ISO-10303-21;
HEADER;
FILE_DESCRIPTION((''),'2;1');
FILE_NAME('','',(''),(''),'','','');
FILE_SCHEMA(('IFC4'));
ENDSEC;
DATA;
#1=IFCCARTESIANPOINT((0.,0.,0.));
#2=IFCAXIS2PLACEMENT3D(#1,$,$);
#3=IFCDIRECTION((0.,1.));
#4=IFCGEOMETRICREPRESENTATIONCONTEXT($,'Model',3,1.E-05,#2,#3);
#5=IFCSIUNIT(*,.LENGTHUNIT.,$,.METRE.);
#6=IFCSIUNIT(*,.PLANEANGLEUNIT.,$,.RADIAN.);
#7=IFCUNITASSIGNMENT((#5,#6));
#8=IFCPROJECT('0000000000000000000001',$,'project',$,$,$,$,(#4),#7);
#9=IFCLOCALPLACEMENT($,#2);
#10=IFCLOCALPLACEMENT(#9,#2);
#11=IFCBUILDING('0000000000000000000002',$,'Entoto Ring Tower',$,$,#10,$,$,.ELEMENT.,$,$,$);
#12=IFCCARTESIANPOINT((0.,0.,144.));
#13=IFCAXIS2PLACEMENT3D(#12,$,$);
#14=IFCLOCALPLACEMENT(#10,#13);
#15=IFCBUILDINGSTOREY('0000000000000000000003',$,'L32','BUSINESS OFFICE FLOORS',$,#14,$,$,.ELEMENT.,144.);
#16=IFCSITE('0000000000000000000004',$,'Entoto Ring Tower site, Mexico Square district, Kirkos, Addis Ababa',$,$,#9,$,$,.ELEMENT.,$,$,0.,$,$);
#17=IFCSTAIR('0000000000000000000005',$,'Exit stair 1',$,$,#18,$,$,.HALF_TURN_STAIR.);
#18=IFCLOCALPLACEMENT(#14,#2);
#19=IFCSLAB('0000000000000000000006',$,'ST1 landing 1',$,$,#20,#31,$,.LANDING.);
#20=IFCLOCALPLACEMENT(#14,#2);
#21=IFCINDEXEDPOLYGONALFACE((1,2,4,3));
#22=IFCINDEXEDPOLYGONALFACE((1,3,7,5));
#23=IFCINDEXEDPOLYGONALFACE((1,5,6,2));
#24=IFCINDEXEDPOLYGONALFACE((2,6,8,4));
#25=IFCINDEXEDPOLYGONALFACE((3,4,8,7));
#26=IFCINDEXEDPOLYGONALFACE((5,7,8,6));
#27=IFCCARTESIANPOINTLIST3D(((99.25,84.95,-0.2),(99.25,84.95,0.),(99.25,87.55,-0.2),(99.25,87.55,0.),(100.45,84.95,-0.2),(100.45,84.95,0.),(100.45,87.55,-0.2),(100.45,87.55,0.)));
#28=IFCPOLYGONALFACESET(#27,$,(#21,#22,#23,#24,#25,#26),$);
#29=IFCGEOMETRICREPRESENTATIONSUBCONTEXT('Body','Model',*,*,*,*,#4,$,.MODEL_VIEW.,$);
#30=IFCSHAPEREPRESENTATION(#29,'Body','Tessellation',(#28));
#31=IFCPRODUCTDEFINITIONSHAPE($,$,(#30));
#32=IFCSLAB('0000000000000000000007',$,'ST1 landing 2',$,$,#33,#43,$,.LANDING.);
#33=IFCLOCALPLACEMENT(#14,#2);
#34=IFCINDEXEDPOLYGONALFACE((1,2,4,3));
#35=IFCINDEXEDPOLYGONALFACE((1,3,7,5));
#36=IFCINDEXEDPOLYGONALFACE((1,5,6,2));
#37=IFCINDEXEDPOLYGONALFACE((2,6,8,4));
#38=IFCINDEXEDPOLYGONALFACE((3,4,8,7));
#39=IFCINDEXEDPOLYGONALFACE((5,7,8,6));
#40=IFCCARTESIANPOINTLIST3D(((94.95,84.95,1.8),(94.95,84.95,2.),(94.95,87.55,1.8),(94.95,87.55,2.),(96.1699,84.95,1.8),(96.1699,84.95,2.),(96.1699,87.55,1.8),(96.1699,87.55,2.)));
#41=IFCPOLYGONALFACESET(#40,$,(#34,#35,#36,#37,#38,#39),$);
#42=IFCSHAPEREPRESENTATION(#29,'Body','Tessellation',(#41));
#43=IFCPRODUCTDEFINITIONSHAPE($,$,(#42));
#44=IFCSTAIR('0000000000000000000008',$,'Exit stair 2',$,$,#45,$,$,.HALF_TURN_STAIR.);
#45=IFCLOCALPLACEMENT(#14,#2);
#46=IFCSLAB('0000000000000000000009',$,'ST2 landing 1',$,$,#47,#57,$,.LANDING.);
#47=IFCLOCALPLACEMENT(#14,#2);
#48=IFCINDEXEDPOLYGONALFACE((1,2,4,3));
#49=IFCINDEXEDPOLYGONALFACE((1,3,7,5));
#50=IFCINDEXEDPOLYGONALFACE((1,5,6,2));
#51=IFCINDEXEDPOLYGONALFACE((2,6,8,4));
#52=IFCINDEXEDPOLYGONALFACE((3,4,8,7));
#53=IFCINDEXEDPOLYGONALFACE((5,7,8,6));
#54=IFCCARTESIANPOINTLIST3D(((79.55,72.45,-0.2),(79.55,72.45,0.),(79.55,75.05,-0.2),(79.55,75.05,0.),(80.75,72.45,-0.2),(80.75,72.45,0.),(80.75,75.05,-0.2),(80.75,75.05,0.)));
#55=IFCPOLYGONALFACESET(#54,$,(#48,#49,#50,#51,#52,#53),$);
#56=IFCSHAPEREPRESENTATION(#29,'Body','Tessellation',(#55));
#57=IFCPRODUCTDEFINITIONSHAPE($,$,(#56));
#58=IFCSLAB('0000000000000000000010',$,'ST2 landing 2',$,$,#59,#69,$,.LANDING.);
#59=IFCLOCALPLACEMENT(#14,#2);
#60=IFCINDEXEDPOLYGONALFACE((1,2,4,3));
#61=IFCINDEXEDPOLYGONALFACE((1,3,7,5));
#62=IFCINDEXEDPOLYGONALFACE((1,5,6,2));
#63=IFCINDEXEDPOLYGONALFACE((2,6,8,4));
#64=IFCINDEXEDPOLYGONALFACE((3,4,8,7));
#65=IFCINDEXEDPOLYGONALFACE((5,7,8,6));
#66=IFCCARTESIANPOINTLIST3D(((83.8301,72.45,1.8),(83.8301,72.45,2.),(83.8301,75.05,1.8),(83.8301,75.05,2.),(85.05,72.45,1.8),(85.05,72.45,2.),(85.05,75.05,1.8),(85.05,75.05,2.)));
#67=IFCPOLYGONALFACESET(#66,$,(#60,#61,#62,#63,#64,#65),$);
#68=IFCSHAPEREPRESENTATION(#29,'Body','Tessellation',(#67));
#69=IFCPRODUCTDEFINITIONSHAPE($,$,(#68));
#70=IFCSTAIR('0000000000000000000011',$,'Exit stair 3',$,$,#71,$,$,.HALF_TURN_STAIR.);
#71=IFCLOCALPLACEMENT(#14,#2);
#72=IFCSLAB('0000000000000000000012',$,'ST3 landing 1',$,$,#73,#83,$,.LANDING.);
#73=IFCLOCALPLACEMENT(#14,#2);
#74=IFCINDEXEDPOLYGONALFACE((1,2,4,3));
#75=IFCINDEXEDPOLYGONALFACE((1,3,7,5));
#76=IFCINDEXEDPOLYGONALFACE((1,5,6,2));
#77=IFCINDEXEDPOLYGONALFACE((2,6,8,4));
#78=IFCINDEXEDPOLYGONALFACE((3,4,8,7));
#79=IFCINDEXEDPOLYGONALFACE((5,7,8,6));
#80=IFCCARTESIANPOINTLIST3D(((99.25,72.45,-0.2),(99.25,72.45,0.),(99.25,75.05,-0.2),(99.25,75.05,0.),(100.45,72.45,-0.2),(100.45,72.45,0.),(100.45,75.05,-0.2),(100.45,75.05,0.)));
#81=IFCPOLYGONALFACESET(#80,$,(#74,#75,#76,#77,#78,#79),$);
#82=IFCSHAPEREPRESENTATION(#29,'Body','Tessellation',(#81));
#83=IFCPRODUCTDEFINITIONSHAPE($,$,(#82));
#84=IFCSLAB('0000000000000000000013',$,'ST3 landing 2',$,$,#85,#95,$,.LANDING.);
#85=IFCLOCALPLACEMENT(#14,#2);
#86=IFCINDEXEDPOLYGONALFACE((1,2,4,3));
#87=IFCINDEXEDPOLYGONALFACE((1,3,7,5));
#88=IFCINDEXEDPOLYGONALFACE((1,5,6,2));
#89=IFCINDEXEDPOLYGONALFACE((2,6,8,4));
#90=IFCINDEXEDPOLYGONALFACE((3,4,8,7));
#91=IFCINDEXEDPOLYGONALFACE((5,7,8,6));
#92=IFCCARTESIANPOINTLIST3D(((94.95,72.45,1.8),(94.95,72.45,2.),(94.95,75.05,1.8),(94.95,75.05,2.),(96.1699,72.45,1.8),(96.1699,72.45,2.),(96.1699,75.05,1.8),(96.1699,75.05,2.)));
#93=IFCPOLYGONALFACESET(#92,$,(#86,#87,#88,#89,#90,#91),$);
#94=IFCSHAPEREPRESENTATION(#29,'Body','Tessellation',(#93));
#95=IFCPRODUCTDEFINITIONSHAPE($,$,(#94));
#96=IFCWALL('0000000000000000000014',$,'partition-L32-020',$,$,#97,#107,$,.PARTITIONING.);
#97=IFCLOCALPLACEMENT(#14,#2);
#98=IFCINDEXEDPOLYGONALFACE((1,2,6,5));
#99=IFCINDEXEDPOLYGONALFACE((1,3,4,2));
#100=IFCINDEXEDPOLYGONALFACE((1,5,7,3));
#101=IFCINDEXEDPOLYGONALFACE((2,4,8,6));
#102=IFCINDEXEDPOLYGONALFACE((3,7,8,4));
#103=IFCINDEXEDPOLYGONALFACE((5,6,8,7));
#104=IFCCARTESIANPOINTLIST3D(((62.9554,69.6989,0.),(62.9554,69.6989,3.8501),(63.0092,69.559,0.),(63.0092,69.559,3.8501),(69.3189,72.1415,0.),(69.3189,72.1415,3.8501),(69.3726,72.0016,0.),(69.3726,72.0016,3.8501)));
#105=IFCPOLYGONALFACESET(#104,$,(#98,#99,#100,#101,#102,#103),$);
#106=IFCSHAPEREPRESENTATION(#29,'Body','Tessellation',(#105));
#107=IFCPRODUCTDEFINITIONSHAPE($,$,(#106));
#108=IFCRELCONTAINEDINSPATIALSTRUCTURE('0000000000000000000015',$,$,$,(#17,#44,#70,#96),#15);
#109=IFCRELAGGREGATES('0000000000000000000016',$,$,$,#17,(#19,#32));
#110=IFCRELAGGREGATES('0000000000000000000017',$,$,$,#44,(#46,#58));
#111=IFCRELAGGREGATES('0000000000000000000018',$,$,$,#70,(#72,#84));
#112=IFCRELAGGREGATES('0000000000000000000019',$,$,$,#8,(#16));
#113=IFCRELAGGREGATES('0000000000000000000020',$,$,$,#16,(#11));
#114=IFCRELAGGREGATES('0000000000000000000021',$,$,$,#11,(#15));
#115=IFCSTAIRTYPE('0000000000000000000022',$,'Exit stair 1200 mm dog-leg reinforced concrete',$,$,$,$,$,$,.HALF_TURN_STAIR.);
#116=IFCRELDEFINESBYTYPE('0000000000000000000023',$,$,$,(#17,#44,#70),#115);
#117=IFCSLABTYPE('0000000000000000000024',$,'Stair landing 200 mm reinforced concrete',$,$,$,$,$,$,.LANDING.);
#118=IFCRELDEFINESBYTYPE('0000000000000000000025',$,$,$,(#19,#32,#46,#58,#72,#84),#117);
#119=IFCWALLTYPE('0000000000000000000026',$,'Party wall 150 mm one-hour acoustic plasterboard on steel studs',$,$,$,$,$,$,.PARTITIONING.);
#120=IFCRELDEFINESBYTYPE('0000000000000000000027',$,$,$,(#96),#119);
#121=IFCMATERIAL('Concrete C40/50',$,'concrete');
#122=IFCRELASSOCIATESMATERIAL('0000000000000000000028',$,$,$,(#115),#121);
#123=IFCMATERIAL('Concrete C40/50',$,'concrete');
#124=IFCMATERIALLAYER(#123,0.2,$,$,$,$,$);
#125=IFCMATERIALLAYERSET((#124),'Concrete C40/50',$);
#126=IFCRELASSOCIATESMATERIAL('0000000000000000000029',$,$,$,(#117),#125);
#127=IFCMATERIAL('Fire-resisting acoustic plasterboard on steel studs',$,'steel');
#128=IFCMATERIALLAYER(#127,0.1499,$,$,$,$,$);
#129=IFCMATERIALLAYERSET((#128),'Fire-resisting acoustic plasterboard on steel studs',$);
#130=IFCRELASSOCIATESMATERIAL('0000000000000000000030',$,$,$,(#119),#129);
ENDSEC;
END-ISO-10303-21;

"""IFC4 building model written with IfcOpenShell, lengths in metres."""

from ifc_helpers import new_model, si_unit, direction, frame, frame_2d, origin, place, context, subcontext, project, spatial, polyline, rectangle, outline, extrude, material, layer, layer_set, type_object, element, aggregate, save


model = new_model("IFC4")

# Units and contexts
model_context = context("Model", 3, precision=1e-05, world=origin(), true_north=direction((0.0, 1.0)))
body_context = subcontext(model_context, "Body", "Model", "MODEL_VIEW")
ifc_project = project(units=[si_unit("LENGTHUNIT", "METRE"), si_unit("PLANEANGLEUNIT", "RADIAN")], contexts=[model_context])

# Site, building, storey
site_placement = place(None, origin())
site = spatial("IfcSite", under=ifc_project, at=site_placement, Name="Entoto Ring Tower site, Mexico Square district, Kirkos, Addis Ababa", CompositionType="ELEMENT", RefElevation=0.0)
building_placement = place(site_placement, origin())
building = spatial("IfcBuilding", under=site, at=building_placement, Name="Entoto Ring Tower", CompositionType="ELEMENT")
storey_placement = place(building_placement, frame((0.0, 0.0, 144.0)))
storey = spatial("IfcBuildingStorey", under=building, at=storey_placement, Name="L32", Description="BUSINESS OFFICE FLOORS", CompositionType="ELEMENT", Elevation=144.0)

# Stairs, slabs
ifc_material_1 = material(Name="Concrete C40/50", Category="concrete")
stair_type = type_object("IfcStairType", Name="Exit stair 1200 mm dog-leg reinforced concrete", PredefinedType="HALF_TURN_STAIR", material=ifc_material_1)
stair_1_placement = place(storey_placement, origin())
stair_1 = element("IfcStair", 1, at=stair_1_placement, inside=storey, type_object=stair_type, Name="Exit stair 1", PredefinedType="HALF_TURN_STAIR")
ifc_material_2 = material(Name="Concrete C40/50", Category="concrete")
ifc_layer_1 = layer(ifc_material_2, 0.2)
ifc_layer_set_1 = layer_set([ifc_layer_1], Name="Concrete C40/50")
slab_type_1 = type_object("IfcSlabType", Name="Stair landing 200 mm reinforced concrete", PredefinedType="LANDING", material=ifc_layer_set_1)
slab_1_placement = place(storey_placement, frame((0.0, 0.0, -0.2)))
slab_1 = element("IfcSlab", 2, at=slab_1_placement, type_object=slab_type_1, Name="ST1 landing 1", PredefinedType="LANDING", context=body_context, shape_type="SweptSolid", body=[
    extrude(outline(polyline([(100.45, 84.95), (100.45, 87.55), (99.25, 87.55), (99.25, 84.95), (100.45, 84.95)])), origin(), (0.0, 0.0, 1.0), 0.2),
])
slab_2_placement = place(storey_placement, frame((0.0, 0.0, 1.8)))
slab_2 = element("IfcSlab", 3, at=slab_2_placement, type_object=slab_type_1, Name="ST1 landing 2", PredefinedType="LANDING", context=body_context, shape_type="SweptSolid", body=[
    extrude(outline(polyline([(94.95, 84.95), (96.1699, 84.95), (96.1699, 87.55), (94.95, 87.55), (94.95, 84.95)])), origin(), (0.0, 0.0, 1.0), 0.2),
])
aggregate(stair_1, [slab_1, slab_2])
stair_2_placement = place(storey_placement, origin())
stair_2 = element("IfcStair", 4, at=stair_2_placement, inside=storey, type_object=stair_type, Name="Exit stair 2", PredefinedType="HALF_TURN_STAIR")
slab_3_placement = place(storey_placement, frame((0.0, 0.0, -0.2)))
slab_3 = element("IfcSlab", 5, at=slab_3_placement, type_object=slab_type_1, Name="ST2 landing 1", PredefinedType="LANDING", context=body_context, shape_type="SweptSolid", body=[
    extrude(outline(polyline([(80.75, 72.45), (80.75, 75.05), (79.55, 75.05), (79.55, 72.45), (80.75, 72.45)])), origin(), (0.0, 0.0, 1.0), 0.2),
])
slab_4_placement = place(storey_placement, frame((0.0, 0.0, 1.8)))
slab_4 = element("IfcSlab", 6, at=slab_4_placement, type_object=slab_type_1, Name="ST2 landing 2", PredefinedType="LANDING", context=body_context, shape_type="SweptSolid", body=[
    extrude(outline(polyline([(83.8301, 72.45), (85.05, 72.45), (85.05, 75.05), (83.8301, 75.05), (83.8301, 72.45)])), origin(), (0.0, 0.0, 1.0), 0.2),
])
aggregate(stair_2, [slab_3, slab_4])
stair_3_placement = place(storey_placement, origin())
stair_3 = element("IfcStair", 7, at=stair_3_placement, inside=storey, type_object=stair_type, Name="Exit stair 3", PredefinedType="HALF_TURN_STAIR")
slab_5_placement = place(storey_placement, frame((0.0, 0.0, -0.2)))
slab_5 = element("IfcSlab", 8, at=slab_5_placement, type_object=slab_type_1, Name="ST3 landing 1", PredefinedType="LANDING", context=body_context, shape_type="SweptSolid", body=[
    extrude(outline(polyline([(100.45, 72.45), (100.45, 75.05), (99.25, 75.05), (99.25, 72.45), (100.45, 72.45)])), origin(), (0.0, 0.0, 1.0), 0.2),
])
slab_6_placement = place(storey_placement, frame((0.0, 0.0, 1.8)))
slab_6 = element("IfcSlab", 9, at=slab_6_placement, type_object=slab_type_1, Name="ST3 landing 2", PredefinedType="LANDING", context=body_context, shape_type="SweptSolid", body=[
    extrude(outline(polyline([(94.95, 72.45), (96.1699, 72.45), (96.1699, 75.05), (94.95, 75.05), (94.95, 72.45)])), origin(), (0.0, 0.0, 1.0), 0.2),
])
aggregate(stair_3, [slab_5, slab_6])

# Wall
ifc_material_3 = material(Name="Fire-resisting acoustic plasterboard on steel studs", Category="steel")
ifc_layer_2 = layer(ifc_material_3, 0.1499)
ifc_layer_set_2 = layer_set([ifc_layer_2], Name="Fire-resisting acoustic plasterboard on steel studs")
wall_type = type_object("IfcWallType", Name="Party wall 150 mm one-hour acoustic plasterboard on steel studs", PredefinedType="PARTITIONING", material=ifc_layer_set_2)
wall_placement = place(storey_placement, frame((62.9822, 69.6289, 0.0), z_axis=(0.0, 0.0, 1.0), x_axis=(0.933585, 0.358355, 0.0)))
element("IfcWall", 10, at=wall_placement, inside=storey, type_object=wall_type, Name="partition-L32-020", PredefinedType="PARTITIONING", context=body_context, shape_type="SweptSolid", body=[
    extrude(rectangle(XDim=6.8162, YDim=0.1499, at=frame_2d((3.4082, 0.0))), origin(), (0.0, 0.0, 1.0), 3.8501),
])

save(model, "model.ifc")
